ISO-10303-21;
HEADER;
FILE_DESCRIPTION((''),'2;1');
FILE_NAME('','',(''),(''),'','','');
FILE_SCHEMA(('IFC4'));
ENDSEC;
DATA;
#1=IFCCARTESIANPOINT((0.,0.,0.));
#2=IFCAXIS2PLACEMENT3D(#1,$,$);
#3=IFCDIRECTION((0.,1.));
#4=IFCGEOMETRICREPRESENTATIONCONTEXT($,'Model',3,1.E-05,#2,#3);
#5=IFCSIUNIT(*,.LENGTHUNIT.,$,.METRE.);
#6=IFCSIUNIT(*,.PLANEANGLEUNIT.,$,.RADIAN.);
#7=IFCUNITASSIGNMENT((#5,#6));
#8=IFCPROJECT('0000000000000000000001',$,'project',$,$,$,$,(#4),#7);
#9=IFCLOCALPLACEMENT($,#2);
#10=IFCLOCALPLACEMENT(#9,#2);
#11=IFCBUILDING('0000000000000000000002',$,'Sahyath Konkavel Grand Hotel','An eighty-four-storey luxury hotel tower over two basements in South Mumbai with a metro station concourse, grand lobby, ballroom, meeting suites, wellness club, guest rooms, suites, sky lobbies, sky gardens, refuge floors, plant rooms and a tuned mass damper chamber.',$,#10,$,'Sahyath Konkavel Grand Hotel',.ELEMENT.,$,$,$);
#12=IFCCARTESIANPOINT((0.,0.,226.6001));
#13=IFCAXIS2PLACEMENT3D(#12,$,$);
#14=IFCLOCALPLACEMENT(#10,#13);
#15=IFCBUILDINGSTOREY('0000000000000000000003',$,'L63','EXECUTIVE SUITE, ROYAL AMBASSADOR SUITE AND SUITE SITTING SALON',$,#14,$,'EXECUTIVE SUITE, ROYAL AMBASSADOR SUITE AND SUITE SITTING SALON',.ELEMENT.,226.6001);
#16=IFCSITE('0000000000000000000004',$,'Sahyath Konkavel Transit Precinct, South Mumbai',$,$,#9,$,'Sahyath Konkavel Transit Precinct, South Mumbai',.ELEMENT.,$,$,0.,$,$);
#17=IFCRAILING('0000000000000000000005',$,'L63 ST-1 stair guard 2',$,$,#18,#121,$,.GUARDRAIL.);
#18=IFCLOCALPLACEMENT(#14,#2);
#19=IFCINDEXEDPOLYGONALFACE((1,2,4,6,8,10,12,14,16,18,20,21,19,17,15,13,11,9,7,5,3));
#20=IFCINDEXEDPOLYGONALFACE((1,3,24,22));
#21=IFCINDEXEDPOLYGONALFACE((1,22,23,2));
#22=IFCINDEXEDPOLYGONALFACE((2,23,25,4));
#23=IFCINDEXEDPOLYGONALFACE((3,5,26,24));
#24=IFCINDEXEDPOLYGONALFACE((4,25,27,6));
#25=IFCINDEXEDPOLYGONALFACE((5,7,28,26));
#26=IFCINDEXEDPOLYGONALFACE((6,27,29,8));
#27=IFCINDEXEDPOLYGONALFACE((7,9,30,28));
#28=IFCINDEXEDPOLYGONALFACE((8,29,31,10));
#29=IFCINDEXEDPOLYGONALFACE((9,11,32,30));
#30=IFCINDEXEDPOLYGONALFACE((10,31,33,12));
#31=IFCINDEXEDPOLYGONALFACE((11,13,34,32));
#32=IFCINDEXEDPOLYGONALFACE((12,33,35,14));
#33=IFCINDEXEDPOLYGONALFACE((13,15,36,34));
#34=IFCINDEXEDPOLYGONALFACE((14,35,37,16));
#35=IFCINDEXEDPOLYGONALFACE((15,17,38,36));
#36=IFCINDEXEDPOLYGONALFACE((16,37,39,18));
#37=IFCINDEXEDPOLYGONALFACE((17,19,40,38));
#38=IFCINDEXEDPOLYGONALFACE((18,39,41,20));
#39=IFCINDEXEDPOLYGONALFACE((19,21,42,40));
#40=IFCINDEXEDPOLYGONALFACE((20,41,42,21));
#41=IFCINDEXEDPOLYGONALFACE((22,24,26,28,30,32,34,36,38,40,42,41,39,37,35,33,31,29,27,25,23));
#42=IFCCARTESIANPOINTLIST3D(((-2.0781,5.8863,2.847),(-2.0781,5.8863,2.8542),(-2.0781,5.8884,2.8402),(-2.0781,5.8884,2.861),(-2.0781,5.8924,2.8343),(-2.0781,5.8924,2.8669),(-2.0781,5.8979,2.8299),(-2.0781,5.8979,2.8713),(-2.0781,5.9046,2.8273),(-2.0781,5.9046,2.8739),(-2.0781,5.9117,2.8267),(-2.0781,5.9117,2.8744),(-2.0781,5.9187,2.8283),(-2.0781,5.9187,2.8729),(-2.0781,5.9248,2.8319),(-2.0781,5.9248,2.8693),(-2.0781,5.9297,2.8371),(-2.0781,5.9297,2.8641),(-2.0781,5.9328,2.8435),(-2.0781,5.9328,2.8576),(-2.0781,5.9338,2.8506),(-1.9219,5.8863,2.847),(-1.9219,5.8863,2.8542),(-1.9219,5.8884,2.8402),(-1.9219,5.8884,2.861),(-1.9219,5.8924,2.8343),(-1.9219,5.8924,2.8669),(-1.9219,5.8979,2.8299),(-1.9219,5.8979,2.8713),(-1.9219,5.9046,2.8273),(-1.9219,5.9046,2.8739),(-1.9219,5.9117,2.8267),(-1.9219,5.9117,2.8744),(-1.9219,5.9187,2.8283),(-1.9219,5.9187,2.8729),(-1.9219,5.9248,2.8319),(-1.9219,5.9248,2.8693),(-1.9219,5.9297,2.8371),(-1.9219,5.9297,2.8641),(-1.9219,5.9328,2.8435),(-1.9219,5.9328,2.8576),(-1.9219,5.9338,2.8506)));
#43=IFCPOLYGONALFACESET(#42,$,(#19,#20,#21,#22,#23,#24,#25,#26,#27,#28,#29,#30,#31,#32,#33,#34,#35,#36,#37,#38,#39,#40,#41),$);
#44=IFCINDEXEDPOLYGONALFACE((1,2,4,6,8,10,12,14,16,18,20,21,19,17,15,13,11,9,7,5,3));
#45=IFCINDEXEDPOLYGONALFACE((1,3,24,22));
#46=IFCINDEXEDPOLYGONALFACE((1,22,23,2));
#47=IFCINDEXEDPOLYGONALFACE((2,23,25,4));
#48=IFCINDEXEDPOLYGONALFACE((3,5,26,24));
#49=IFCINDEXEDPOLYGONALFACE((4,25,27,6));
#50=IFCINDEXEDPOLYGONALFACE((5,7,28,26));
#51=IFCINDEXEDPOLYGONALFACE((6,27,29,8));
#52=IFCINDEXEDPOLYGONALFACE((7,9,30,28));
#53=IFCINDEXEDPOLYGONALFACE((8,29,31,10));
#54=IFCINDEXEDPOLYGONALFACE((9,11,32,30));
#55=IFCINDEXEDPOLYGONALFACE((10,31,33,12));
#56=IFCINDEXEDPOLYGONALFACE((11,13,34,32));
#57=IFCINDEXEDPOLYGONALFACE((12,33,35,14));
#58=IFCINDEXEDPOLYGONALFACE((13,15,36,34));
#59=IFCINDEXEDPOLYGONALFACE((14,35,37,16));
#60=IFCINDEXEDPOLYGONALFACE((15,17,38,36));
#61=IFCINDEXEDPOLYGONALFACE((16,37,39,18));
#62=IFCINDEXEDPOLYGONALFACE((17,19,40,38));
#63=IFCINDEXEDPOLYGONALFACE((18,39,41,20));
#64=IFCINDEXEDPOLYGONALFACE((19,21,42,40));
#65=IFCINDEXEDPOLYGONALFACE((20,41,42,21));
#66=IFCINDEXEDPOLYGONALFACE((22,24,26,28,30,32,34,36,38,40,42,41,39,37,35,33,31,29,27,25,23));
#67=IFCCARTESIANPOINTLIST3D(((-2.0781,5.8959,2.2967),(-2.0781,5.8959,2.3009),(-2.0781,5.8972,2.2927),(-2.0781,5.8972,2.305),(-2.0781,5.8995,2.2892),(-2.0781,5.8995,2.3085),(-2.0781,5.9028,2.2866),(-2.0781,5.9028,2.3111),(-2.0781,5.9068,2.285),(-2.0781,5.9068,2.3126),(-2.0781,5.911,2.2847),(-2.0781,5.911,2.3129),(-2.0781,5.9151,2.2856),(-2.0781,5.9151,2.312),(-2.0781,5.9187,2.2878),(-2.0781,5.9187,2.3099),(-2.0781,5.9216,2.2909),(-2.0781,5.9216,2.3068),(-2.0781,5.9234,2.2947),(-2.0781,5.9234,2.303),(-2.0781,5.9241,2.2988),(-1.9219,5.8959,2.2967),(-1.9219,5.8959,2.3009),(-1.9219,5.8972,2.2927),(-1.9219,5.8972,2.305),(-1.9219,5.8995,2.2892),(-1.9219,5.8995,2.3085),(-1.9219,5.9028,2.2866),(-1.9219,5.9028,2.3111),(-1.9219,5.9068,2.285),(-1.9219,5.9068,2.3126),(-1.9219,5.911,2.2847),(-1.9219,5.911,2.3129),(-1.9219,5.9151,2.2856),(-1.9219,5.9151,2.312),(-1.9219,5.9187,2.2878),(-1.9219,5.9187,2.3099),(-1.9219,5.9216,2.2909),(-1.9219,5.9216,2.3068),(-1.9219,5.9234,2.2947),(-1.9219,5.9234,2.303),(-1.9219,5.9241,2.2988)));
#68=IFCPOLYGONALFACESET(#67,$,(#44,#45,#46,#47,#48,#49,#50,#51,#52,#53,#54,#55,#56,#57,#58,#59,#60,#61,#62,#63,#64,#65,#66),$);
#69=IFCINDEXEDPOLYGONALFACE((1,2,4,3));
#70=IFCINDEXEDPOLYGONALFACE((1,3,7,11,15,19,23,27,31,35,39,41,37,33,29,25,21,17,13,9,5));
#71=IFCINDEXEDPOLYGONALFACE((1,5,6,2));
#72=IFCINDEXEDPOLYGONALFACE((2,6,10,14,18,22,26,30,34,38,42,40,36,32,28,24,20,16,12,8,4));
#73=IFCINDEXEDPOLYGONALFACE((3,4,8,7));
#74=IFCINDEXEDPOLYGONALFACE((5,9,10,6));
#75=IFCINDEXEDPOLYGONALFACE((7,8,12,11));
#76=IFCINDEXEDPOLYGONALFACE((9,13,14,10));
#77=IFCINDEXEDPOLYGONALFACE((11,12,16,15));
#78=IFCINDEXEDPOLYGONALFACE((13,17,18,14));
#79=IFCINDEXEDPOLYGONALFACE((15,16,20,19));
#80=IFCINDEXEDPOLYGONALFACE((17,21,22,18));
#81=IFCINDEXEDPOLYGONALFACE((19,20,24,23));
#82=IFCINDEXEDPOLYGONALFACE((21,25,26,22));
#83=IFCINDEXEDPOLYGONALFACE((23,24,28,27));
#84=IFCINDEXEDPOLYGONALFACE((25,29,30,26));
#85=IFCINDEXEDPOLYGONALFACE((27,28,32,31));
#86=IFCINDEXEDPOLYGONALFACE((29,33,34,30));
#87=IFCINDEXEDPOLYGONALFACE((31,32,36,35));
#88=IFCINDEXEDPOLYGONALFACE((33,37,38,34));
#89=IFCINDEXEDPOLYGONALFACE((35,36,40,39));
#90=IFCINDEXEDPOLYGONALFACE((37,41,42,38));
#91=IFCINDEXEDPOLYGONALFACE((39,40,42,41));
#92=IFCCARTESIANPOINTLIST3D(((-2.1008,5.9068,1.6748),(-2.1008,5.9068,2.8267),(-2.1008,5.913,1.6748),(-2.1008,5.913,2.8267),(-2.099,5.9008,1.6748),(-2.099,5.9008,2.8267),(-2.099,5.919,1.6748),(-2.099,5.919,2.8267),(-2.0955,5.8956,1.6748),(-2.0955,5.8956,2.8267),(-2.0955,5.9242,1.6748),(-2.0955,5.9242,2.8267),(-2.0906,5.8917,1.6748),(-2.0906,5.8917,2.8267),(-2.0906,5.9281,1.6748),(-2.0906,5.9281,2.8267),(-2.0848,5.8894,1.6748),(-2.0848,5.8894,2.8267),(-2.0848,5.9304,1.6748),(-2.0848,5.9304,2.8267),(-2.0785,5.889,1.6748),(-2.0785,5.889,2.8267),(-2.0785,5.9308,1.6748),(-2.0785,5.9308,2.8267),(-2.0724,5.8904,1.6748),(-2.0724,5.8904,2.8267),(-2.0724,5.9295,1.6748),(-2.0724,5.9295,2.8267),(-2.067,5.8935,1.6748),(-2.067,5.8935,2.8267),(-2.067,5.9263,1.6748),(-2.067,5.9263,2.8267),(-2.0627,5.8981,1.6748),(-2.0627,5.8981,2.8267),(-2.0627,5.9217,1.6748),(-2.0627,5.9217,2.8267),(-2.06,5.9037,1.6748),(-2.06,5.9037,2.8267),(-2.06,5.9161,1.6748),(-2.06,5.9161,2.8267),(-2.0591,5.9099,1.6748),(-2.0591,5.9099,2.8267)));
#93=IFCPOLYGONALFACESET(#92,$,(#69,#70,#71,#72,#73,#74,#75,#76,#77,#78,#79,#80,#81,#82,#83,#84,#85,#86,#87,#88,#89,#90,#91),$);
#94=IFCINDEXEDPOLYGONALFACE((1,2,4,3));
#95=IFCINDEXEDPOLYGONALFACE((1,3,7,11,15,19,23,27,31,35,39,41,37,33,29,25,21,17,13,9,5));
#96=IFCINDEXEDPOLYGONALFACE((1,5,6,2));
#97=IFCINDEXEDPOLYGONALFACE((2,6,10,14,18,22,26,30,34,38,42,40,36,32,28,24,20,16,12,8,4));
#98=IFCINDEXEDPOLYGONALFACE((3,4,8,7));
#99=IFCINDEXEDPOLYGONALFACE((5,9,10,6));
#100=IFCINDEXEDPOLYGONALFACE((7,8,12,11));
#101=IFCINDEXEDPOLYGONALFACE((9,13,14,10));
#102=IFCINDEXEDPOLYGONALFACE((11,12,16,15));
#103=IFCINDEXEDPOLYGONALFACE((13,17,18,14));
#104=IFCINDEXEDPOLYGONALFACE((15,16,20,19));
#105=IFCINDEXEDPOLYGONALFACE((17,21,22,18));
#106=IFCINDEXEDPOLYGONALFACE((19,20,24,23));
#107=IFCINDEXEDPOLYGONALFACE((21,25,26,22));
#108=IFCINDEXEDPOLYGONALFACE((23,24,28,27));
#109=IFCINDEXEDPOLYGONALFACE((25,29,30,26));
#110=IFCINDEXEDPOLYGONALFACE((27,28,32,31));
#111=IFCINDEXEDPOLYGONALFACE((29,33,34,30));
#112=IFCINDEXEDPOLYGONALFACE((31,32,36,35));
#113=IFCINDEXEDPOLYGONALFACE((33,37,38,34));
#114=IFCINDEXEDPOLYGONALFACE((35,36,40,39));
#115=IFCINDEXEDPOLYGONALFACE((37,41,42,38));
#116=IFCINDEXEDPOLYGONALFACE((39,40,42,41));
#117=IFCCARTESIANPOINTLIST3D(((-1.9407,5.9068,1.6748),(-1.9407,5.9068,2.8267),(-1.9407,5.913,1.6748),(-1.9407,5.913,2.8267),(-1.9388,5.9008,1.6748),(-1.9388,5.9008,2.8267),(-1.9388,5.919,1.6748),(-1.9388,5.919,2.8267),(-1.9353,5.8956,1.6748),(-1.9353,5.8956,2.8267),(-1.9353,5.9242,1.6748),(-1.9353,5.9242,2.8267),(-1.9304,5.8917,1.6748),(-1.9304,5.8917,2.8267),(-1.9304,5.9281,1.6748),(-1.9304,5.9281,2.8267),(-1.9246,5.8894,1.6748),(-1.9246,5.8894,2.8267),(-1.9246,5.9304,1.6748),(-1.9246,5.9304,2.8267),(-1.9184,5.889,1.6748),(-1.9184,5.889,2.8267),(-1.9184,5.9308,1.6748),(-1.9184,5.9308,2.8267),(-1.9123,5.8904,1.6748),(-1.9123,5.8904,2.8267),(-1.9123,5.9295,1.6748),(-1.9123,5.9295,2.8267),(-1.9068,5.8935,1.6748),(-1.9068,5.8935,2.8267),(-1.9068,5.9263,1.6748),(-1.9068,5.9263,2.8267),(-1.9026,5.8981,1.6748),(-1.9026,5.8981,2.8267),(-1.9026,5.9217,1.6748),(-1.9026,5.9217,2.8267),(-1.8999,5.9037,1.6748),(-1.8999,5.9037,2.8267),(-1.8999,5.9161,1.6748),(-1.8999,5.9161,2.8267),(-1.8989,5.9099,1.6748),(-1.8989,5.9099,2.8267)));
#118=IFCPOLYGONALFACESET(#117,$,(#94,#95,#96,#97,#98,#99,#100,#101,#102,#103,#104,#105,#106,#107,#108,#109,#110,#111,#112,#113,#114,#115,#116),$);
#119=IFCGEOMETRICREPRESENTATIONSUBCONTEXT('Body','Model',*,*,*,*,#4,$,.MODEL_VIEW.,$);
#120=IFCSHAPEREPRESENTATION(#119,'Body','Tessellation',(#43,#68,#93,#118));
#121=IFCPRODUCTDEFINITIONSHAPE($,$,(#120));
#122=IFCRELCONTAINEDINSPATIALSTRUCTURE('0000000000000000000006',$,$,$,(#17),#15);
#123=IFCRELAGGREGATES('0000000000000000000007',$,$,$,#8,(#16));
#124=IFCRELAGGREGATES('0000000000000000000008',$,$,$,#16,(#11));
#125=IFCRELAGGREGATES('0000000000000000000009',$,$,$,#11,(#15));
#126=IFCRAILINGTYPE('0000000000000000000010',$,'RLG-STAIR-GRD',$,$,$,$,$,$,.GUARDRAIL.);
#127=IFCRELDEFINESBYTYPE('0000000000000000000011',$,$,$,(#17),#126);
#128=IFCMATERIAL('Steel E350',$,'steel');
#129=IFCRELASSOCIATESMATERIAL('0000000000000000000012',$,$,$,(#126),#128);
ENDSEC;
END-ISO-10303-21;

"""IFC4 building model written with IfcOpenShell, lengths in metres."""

from ifc_helpers import new_model, si_unit, direction, frame, origin, origin_2d, place, context, subcontext, project, spatial, circle, extrude, material, type_object, element, save


model = new_model("IFC4")

# Units and contexts
model_context = context("Model", 3, precision=1e-05, world=origin(), true_north=direction((0.0, 1.0)))
body_context = subcontext(model_context, "Body", "Model", "MODEL_VIEW")
ifc_project = project(units=[si_unit("LENGTHUNIT", "METRE"), si_unit("PLANEANGLEUNIT", "RADIAN")], contexts=[model_context])

# Site, building, storey
site_placement = place(None, origin())
site = spatial("IfcSite", under=ifc_project, at=site_placement, Name="Sahyath Konkavel Transit Precinct, South Mumbai", LongName="Sahyath Konkavel Transit Precinct, South Mumbai", CompositionType="ELEMENT", RefElevation=0.0)
building_placement = place(site_placement, origin())
building = spatial("IfcBuilding", under=site, at=building_placement, Name="Sahyath Konkavel Grand Hotel", Description="An eighty-four-storey luxury hotel tower over two basements in South Mumbai with a metro station concourse, grand lobby, ballroom, meeting suites, wellness club, guest rooms, suites, sky lobbies, sky gardens, refuge floors, plant rooms and a tuned mass damper chamber.", LongName="Sahyath Konkavel Grand Hotel", CompositionType="ELEMENT")
storey_placement = place(building_placement, frame((0.0, 0.0, 226.6001)))
storey = spatial("IfcBuildingStorey", under=building, at=storey_placement, Name="L63", Description="EXECUTIVE SUITE, ROYAL AMBASSADOR SUITE AND SUITE SITTING SALON", LongName="EXECUTIVE SUITE, ROYAL AMBASSADOR SUITE AND SUITE SITTING SALON", CompositionType="ELEMENT", Elevation=226.6001)

# Shared definitions
ifc_material_1 = material(Name="Steel E350", Category="steel")

# Railing
railing_type_1 = type_object("IfcRailingType", Name="RLG-STAIR-GRD", PredefinedType="GUARDRAIL", material=ifc_material_1)
railing_1_placement = place(storey_placement, frame((-2.0801, 5.9099, 1.6748)))
element("IfcRailing", 1, at=railing_1_placement, inside=storey, type_object=railing_type_1, Name="L63 ST-1 stair guard 2", PredefinedType="GUARDRAIL", context=body_context, shape_type="SweptSolid", body=[
    extrude(circle(Radius=0.0239, at=origin_2d()), frame((0.002, 0.0, 1.1758), z_axis=(1.0, 0.0, 0.0), x_axis=(0.0, 1.0, 0.0)), (0.0, 0.0, 1.0), 0.1562),
    extrude(circle(Radius=0.0142, at=origin_2d()), frame((0.002, 0.0, 0.624), z_axis=(1.0, 0.0, 0.0), x_axis=(0.0, 1.0, 0.0)), (0.0, 0.0, 1.0), 0.1562),
    extrude(circle(Radius=0.021, at=origin_2d()), origin(), (0.0, 0.0, 1.0), 1.1519),
    extrude(circle(Radius=0.021, at=origin_2d()), frame((0.1602, 0.0, 0.0)), (0.0, 0.0, 1.0), 1.1519),
])

save(model, "model.ifc")
